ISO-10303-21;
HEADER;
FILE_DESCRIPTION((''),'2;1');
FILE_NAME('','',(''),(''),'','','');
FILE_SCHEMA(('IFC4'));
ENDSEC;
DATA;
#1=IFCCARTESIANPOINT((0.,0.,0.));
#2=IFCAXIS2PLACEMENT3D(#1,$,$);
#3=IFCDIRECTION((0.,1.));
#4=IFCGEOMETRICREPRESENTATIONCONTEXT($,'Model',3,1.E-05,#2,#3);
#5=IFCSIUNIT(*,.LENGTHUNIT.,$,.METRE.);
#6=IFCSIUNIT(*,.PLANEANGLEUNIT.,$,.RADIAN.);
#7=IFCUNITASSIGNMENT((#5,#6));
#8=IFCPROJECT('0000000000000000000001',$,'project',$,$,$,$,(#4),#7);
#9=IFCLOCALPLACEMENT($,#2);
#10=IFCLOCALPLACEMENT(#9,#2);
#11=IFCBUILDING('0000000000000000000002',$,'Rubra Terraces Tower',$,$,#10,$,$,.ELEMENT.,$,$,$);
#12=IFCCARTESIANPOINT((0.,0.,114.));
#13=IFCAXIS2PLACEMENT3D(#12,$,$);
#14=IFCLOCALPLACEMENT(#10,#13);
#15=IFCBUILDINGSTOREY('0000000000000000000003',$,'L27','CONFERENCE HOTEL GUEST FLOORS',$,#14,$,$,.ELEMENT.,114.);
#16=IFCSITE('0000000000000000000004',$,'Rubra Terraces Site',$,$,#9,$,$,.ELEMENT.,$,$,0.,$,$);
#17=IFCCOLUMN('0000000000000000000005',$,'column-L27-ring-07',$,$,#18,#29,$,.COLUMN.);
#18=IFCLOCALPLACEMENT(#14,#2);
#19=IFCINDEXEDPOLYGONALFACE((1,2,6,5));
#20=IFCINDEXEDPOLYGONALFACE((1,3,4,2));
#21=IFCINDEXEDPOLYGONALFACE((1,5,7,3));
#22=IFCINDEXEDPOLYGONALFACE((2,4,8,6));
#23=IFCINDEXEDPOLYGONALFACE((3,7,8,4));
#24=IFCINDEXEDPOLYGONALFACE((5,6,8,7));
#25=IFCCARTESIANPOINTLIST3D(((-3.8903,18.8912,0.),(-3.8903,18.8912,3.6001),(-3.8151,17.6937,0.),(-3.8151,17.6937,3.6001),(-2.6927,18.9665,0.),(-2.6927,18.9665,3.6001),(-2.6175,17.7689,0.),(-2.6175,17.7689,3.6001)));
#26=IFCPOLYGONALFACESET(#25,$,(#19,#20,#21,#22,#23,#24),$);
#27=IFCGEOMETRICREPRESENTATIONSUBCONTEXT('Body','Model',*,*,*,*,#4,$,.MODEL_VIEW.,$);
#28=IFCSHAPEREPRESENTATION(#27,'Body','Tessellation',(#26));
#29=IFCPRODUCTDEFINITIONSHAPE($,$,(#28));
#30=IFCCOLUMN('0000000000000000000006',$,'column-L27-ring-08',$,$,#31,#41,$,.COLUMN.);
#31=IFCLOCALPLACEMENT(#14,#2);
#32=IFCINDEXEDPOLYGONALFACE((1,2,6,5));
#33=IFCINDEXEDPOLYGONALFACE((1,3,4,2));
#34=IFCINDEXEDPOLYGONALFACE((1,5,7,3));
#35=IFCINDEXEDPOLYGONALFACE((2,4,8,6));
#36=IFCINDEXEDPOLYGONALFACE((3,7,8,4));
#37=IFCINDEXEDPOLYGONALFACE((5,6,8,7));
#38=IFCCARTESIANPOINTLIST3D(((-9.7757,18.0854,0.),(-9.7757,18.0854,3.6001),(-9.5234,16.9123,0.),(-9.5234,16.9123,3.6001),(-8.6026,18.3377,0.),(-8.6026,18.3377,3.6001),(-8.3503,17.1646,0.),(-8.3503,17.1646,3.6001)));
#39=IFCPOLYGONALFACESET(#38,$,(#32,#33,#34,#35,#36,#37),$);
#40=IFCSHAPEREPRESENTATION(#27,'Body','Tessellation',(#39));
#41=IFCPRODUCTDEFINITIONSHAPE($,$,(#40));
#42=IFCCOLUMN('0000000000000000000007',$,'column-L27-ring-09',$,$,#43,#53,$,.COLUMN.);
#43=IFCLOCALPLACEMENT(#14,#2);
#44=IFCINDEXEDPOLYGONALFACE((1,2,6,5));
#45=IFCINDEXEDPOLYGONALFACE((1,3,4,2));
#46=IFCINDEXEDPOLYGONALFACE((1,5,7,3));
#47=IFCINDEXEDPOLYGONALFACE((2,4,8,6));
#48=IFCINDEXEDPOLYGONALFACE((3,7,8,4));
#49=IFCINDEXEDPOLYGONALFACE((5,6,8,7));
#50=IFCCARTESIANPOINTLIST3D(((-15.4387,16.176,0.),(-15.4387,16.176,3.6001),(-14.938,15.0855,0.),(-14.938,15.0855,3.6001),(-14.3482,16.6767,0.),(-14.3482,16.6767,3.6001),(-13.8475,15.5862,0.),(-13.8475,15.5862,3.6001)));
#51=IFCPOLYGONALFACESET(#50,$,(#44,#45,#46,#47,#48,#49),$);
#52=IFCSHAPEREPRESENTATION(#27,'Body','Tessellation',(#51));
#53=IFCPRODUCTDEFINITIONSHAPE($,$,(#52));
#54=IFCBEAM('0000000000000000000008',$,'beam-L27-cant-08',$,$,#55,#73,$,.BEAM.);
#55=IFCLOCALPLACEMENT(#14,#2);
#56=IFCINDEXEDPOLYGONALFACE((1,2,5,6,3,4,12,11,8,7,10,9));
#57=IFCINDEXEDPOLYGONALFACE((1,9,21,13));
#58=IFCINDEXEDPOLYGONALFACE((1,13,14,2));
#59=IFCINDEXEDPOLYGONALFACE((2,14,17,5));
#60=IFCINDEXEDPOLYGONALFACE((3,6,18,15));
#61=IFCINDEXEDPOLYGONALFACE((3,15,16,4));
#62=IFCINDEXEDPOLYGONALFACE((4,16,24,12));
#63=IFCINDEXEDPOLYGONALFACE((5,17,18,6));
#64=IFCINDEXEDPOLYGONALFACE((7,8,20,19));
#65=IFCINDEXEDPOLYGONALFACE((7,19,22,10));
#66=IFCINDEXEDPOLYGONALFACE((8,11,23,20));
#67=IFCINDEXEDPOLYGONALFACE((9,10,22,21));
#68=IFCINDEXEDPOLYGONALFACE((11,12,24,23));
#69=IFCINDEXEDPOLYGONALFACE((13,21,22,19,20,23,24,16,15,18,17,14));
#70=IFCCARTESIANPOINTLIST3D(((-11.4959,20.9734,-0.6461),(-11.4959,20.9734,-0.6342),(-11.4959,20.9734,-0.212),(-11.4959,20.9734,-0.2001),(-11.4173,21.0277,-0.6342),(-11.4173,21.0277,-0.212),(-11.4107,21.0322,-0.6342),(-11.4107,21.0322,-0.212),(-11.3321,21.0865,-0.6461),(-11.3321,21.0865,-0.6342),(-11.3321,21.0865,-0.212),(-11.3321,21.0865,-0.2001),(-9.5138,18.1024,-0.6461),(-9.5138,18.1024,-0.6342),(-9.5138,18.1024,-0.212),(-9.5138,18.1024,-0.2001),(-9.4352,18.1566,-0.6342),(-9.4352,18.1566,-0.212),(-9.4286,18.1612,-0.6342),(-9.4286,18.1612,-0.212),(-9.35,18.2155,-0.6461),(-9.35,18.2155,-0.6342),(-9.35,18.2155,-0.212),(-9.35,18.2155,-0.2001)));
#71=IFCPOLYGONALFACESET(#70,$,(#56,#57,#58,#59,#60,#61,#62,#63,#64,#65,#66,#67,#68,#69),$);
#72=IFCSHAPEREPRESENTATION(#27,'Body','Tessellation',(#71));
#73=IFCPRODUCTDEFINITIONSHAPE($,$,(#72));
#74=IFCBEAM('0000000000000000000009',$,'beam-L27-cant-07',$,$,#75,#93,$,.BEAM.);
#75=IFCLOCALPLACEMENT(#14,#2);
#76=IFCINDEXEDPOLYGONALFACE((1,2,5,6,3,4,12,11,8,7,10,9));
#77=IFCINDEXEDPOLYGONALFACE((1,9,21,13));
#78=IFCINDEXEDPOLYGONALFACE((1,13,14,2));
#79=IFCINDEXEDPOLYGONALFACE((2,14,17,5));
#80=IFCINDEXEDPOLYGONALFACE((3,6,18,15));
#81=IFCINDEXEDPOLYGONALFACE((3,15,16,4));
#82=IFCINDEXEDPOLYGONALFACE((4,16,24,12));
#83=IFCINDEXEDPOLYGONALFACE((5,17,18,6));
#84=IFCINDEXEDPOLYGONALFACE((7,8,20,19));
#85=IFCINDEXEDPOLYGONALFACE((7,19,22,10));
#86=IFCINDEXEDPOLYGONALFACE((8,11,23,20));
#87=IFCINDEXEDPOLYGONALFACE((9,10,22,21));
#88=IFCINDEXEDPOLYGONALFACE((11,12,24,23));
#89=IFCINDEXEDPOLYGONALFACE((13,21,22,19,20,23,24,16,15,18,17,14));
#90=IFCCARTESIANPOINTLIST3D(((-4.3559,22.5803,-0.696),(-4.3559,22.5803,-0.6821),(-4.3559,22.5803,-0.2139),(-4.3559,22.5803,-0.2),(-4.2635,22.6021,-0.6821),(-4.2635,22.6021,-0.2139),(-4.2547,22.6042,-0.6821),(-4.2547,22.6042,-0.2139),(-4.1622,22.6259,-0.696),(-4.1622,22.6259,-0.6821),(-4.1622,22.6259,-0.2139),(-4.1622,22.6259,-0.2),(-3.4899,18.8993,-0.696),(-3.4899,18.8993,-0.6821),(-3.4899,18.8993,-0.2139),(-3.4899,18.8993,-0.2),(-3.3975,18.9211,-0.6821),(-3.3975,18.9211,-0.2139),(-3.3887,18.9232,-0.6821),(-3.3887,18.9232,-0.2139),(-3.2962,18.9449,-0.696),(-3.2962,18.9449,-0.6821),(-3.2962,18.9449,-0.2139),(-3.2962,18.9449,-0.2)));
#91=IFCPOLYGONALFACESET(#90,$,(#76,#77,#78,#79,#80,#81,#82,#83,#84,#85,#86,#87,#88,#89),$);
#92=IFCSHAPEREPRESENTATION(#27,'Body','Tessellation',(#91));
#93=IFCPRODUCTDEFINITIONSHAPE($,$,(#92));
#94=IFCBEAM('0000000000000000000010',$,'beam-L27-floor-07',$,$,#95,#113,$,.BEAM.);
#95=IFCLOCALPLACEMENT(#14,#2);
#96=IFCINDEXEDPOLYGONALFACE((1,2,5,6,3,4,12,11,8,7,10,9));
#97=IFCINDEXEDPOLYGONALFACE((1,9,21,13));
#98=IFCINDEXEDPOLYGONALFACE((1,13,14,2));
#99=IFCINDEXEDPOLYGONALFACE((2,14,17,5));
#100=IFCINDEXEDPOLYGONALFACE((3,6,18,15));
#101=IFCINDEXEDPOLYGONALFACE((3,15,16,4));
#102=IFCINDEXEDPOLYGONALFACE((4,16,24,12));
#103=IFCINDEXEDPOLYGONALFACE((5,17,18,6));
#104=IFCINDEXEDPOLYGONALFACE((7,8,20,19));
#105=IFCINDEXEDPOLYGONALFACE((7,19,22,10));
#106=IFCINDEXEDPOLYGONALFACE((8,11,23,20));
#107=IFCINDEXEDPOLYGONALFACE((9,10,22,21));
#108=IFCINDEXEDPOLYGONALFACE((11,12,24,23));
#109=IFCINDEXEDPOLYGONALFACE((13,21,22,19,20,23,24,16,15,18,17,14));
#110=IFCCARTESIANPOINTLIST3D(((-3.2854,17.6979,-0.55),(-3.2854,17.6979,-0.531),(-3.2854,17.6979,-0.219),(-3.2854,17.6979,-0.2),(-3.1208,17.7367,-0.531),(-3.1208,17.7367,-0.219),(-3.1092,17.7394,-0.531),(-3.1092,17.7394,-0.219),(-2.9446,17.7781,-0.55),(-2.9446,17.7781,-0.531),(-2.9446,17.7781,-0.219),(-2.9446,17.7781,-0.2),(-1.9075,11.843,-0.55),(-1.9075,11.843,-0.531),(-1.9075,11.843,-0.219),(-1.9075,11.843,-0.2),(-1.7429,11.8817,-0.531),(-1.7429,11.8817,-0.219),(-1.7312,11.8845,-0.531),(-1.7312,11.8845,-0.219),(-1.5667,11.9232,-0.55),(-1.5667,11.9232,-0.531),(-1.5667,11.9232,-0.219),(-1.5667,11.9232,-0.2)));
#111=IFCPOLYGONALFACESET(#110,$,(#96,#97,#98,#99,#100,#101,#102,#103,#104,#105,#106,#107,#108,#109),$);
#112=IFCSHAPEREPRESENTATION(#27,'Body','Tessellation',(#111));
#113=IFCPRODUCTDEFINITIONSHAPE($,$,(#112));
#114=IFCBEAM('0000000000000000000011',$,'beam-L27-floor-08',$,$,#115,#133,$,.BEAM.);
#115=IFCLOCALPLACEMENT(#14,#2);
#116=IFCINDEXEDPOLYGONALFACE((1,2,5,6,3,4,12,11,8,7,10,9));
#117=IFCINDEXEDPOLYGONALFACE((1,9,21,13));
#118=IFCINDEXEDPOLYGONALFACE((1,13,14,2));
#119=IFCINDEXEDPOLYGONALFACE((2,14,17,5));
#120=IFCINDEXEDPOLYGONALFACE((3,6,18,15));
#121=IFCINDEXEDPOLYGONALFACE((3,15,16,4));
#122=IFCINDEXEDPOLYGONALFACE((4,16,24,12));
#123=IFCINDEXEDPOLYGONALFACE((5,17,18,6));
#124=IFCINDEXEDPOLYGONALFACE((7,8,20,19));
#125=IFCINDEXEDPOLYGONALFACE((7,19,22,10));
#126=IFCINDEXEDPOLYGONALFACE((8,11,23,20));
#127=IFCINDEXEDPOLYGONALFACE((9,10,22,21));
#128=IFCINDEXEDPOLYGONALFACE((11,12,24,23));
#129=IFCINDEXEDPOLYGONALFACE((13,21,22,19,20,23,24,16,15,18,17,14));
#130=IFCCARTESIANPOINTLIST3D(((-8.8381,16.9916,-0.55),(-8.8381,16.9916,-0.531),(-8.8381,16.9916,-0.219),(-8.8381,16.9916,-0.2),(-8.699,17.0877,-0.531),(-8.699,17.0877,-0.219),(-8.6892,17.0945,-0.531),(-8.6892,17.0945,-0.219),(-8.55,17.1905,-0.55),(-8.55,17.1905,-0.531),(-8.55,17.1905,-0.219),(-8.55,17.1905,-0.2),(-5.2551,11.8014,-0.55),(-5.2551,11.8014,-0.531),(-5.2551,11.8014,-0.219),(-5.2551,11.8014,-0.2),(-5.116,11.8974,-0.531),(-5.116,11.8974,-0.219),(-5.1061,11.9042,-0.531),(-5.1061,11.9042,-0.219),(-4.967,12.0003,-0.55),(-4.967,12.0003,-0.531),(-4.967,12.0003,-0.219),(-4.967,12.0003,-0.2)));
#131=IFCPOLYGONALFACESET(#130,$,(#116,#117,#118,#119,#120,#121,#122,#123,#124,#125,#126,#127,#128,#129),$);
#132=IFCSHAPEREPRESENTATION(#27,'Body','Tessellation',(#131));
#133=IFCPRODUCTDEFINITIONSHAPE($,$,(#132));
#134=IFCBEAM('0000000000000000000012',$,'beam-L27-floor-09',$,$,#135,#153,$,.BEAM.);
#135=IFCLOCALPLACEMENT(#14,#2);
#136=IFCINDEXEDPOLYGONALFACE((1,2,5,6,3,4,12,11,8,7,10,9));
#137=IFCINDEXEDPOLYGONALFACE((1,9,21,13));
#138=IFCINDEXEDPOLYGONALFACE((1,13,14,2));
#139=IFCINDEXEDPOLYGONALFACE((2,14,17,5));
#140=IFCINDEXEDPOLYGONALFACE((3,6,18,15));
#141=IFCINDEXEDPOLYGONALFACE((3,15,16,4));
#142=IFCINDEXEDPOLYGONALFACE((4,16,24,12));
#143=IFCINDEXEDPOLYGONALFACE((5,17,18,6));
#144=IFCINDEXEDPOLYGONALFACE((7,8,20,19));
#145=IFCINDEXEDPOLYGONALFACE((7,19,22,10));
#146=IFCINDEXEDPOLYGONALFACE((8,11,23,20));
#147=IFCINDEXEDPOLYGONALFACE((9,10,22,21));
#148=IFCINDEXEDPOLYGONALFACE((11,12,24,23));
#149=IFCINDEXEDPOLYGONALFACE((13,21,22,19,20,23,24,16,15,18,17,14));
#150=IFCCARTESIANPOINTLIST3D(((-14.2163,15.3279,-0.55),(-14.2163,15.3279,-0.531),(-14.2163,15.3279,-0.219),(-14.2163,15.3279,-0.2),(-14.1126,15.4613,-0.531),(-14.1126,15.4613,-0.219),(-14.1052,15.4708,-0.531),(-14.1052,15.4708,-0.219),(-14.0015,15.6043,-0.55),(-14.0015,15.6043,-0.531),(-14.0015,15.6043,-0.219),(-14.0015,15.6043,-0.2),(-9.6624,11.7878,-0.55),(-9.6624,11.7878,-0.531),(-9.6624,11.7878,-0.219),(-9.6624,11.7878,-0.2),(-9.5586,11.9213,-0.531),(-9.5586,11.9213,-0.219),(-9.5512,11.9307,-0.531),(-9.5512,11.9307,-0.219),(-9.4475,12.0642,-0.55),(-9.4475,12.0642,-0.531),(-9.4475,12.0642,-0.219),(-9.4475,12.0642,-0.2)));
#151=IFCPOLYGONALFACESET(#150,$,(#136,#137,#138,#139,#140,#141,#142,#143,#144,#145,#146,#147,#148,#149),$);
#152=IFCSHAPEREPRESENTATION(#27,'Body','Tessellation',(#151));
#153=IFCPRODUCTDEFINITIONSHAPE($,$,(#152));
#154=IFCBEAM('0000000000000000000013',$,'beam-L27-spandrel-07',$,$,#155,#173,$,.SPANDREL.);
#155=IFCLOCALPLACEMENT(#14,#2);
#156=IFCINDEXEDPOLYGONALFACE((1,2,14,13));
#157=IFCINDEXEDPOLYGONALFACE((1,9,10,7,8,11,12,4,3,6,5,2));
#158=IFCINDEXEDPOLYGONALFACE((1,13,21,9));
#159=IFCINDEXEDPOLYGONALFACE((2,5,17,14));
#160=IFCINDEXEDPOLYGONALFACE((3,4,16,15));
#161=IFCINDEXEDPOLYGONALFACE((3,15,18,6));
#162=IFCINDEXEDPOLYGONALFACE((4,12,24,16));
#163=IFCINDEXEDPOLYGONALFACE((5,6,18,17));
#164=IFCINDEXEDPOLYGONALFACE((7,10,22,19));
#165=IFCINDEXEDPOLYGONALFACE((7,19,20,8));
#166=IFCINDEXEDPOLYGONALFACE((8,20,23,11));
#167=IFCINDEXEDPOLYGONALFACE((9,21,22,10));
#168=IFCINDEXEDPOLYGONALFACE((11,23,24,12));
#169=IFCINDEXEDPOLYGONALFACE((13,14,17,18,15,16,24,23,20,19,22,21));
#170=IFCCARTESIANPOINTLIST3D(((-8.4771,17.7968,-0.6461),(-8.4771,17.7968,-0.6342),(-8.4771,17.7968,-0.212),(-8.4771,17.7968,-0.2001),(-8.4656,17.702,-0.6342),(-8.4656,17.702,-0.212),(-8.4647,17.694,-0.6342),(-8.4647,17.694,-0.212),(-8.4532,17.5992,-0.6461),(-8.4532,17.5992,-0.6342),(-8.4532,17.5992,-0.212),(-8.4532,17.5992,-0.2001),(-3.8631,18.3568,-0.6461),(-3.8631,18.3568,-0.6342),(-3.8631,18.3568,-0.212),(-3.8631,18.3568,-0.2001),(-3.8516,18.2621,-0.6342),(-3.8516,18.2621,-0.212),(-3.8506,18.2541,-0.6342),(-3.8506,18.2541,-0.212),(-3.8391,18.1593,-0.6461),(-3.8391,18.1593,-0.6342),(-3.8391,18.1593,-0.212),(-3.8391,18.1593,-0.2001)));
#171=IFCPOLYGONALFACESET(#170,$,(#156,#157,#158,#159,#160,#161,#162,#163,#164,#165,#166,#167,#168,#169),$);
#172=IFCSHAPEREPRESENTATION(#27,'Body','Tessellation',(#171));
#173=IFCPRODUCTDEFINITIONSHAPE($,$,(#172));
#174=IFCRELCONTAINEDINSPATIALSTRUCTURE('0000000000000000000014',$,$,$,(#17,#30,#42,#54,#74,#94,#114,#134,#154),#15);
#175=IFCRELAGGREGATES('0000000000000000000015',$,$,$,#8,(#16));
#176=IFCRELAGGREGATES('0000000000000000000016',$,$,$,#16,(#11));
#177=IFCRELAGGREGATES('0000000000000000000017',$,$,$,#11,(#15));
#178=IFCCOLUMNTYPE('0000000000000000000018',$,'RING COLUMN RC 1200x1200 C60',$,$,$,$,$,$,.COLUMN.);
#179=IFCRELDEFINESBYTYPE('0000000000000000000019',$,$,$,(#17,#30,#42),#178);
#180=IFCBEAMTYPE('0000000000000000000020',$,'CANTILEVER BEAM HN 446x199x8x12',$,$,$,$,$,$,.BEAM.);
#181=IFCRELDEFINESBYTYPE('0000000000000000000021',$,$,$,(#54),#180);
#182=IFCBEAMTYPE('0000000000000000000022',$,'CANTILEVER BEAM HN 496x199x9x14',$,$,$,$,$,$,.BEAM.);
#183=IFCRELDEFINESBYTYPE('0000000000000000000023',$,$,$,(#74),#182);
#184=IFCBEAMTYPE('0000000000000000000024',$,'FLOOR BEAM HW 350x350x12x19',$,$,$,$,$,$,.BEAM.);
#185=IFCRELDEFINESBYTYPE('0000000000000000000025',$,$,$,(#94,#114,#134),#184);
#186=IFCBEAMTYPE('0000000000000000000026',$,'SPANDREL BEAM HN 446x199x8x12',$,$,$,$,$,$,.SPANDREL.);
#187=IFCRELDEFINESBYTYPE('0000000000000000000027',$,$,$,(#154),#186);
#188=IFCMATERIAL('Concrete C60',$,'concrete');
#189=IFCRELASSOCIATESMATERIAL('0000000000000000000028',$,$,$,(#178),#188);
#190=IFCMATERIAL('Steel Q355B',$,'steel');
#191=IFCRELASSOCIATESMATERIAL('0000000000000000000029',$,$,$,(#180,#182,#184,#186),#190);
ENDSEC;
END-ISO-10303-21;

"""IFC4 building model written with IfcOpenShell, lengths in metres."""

from ifc_helpers import new_model, si_unit, direction, frame, origin, origin_2d, place, context, subcontext, project, spatial, rectangle, i_section, extrude, material, material_profile, profile_set, type_object, element, save


model = new_model("IFC4")

# Units and contexts
model_context = context("Model", 3, precision=1e-05, world=origin(), true_north=direction((0.0, 1.0)))
body_context = subcontext(model_context, "Body", "Model", "MODEL_VIEW")
ifc_project = project(units=[si_unit("LENGTHUNIT", "METRE"), si_unit("PLANEANGLEUNIT", "RADIAN")], contexts=[model_context])

# Site, building, storey
site_placement = place(None, origin())
site = spatial("IfcSite", under=ifc_project, at=site_placement, Name="Rubra Terraces Site", CompositionType="ELEMENT", RefElevation=0.0)
building_placement = place(site_placement, origin())
building = spatial("IfcBuilding", under=site, at=building_placement, Name="Rubra Terraces Tower", CompositionType="ELEMENT")
storey_placement = place(building_placement, frame((0.0, 0.0, 114.0)))
storey = spatial("IfcBuildingStorey", under=building, at=storey_placement, Name="L27", Description="CONFERENCE HOTEL GUEST FLOORS", CompositionType="ELEMENT", Elevation=114.0)

# Columns
ifc_material_1 = material(Name="Concrete C60", Category="concrete")
ifc_material_profile_1 = material_profile(ifc_material_1, rectangle(XDim=1.2, YDim=1.2, at=origin_2d()), Name="RC 1200x1200")
ifc_profile_set_1 = profile_set([ifc_material_profile_1], Name="Concrete C60")
column_type = type_object("IfcColumnType", Name="RING COLUMN RC 1200x1200 C60", PredefinedType="COLUMN", material=ifc_profile_set_1)
for number, where, z_axis, x_axis, name in (
    (1, (-3.2539, 18.3301, 0.0), (0.0, 0.0, 1.0), (-0.998032, -0.062714, 0.0), "column-L27-ring-07"),
    (2, (-9.063, 17.625, 0.0), (0.0, 0.0, 1.0), (-0.977653, -0.210227, 0.0), "column-L27-ring-08"),
    (3, (-14.6431, 15.8811, 0.0), (0.0, 0.0, 1.0), (-0.908779, -0.417279, 0.0), "column-L27-ring-09"),
):
    element("IfcColumn", number, at=place(storey_placement, frame(where, z_axis=z_axis, x_axis=x_axis)), inside=storey, type_object=column_type, Name=name, PredefinedType="COLUMN", context=body_context, shape_type="SweptSolid", body=[
        extrude(rectangle(XDim=1.2, YDim=1.2, at=origin_2d()), origin(), (0.0, 0.0, 1.0), 3.6001),
    ])

# Beams
ifc_material_2 = material(Name="Steel Q355B", Category="steel")
ifc_material_profile_2 = material_profile(ifc_material_2, i_section(OverallWidth=0.199, OverallDepth=0.446, WebThickness=0.0081, FlangeThickness=0.012, at=origin_2d()), Name="HN 446x199x8x12")
ifc_profile_set_2 = profile_set([ifc_material_profile_2], Name="Steel Q355B")
beam_type_1 = type_object("IfcBeamType", Name="CANTILEVER BEAM HN 446x199x8x12", PredefinedType="BEAM", material=ifc_profile_set_2)
beam_1_placement = place(storey_placement, frame((-9.4319, 18.1589, -0.4231), z_axis=(-0.568143, 0.82293, 0.0), x_axis=(-0.82293, -0.568143, 0.0)))
element("IfcBeam", 4, at=beam_1_placement, inside=storey, type_object=beam_type_1, Name="beam-L27-cant-08", PredefinedType="BEAM", context=body_context, shape_type="SweptSolid", body=[
    extrude(i_section(OverallWidth=0.199, OverallDepth=0.446, WebThickness=0.0081, FlangeThickness=0.012, at=origin_2d()), origin(), (0.0, 0.0, 1.0), 3.4888),
])
ifc_material_profile_3 = material_profile(ifc_material_2, i_section(OverallWidth=0.199, OverallDepth=0.4961, WebThickness=0.009, FlangeThickness=0.0139, at=origin_2d()), Name="HN 496x199x9x14")
ifc_profile_set_3 = profile_set([ifc_material_profile_3], Name="Steel Q355B")
beam_type_2 = type_object("IfcBeamType", Name="CANTILEVER BEAM HN 496x199x9x14", PredefinedType="BEAM", material=ifc_profile_set_3)
beam_2_placement = place(storey_placement, frame((-3.3931, 18.9221, -0.448), z_axis=(-0.229007, 0.973425, 0.0), x_axis=(-0.973425, -0.229007, 0.0)))
element("IfcBeam", 5, at=beam_2_placement, inside=storey, type_object=beam_type_2, Name="beam-L27-cant-07", PredefinedType="BEAM", context=body_context, shape_type="SweptSolid", body=[
    extrude(i_section(OverallWidth=0.199, OverallDepth=0.4961, WebThickness=0.009, FlangeThickness=0.0139, at=origin_2d()), origin(), (0.0, 0.0, 1.0), 3.7815),
])
ifc_material_profile_4 = material_profile(ifc_material_2, i_section(OverallWidth=0.3501, OverallDepth=0.3501, WebThickness=0.012, FlangeThickness=0.019, at=origin_2d()), Name="HW 350x350x12x19")
ifc_profile_set_4 = profile_set([ifc_material_profile_4], Name="Steel Q355B")
beam_type_3 = type_object("IfcBeamType", Name="FLOOR BEAM HW 350x350x12x19", PredefinedType="BEAM", material=ifc_profile_set_4)
beam_3_placement = place(storey_placement, frame((-3.115, 17.738, -0.375), z_axis=(0.229085, -0.973407, 0.0), x_axis=(0.973407, 0.229085, 0.0)))
element("IfcBeam", 6, at=beam_3_placement, inside=storey, type_object=beam_type_3, Name="beam-L27-floor-07", PredefinedType="BEAM", context=body_context, shape_type="SweptSolid", body=[
    extrude(i_section(OverallWidth=0.3501, OverallDepth=0.3501, WebThickness=0.012, FlangeThickness=0.019, at=origin_2d()), origin(), (0.0, 0.0, 1.0), 6.0149),
])
beam_4_placement = place(storey_placement, frame((-8.6941, 17.0911, -0.375), z_axis=(0.568116, -0.822948, 0.0), x_axis=(0.822948, 0.568116, 0.0)))
element("IfcBeam", 7, at=beam_4_placement, inside=storey, type_object=beam_type_3, Name="beam-L27-floor-08", PredefinedType="BEAM", context=body_context, shape_type="SweptSolid", body=[
    extrude(i_section(OverallWidth=0.3501, OverallDepth=0.3501, WebThickness=0.012, FlangeThickness=0.019, at=origin_2d()), origin(), (0.0, 0.0, 1.0), 6.3069),
])
beam_5_placement = place(storey_placement, frame((-14.1089, 15.4661, -0.375), z_axis=(0.789514, -0.613733, 0.0), x_axis=(0.613733, 0.789514, 0.0)))
element("IfcBeam", 8, at=beam_5_placement, inside=storey, type_object=beam_type_3, Name="beam-L27-floor-09", PredefinedType="BEAM", context=body_context, shape_type="SweptSolid", body=[
    extrude(i_section(OverallWidth=0.3501, OverallDepth=0.3501, WebThickness=0.012, FlangeThickness=0.019, at=origin_2d()), origin(), (0.0, 0.0, 1.0), 5.7681),
])
ifc_material_profile_5 = material_profile(ifc_material_2, i_section(OverallWidth=0.199, OverallDepth=0.446, WebThickness=0.0081, FlangeThickness=0.012, at=origin_2d()), Name="HN 446x199x8x12")
ifc_profile_set_5 = profile_set([ifc_material_profile_5], Name="Steel Q355B")
beam_type_4 = type_object("IfcBeamType", Name="SPANDREL BEAM HN 446x199x8x12", PredefinedType="SPANDREL", material=ifc_profile_set_5)
beam_6_placement = place(storey_placement, frame((-3.8511, 18.2581, -0.4231), z_axis=(-0.992714, -0.120498, 0.0), x_axis=(0.120498, -0.992714, 0.0)))
element("IfcBeam", 9, at=beam_6_placement, inside=storey, type_object=beam_type_4, Name="beam-L27-spandrel-07", PredefinedType="SPANDREL", context=body_context, shape_type="SweptSolid", body=[
    extrude(i_section(OverallWidth=0.199, OverallDepth=0.446, WebThickness=0.0081, FlangeThickness=0.012, at=origin_2d()), origin(), (0.0, 0.0, 1.0), 4.6479),
])

save(model, "model.ifc")
